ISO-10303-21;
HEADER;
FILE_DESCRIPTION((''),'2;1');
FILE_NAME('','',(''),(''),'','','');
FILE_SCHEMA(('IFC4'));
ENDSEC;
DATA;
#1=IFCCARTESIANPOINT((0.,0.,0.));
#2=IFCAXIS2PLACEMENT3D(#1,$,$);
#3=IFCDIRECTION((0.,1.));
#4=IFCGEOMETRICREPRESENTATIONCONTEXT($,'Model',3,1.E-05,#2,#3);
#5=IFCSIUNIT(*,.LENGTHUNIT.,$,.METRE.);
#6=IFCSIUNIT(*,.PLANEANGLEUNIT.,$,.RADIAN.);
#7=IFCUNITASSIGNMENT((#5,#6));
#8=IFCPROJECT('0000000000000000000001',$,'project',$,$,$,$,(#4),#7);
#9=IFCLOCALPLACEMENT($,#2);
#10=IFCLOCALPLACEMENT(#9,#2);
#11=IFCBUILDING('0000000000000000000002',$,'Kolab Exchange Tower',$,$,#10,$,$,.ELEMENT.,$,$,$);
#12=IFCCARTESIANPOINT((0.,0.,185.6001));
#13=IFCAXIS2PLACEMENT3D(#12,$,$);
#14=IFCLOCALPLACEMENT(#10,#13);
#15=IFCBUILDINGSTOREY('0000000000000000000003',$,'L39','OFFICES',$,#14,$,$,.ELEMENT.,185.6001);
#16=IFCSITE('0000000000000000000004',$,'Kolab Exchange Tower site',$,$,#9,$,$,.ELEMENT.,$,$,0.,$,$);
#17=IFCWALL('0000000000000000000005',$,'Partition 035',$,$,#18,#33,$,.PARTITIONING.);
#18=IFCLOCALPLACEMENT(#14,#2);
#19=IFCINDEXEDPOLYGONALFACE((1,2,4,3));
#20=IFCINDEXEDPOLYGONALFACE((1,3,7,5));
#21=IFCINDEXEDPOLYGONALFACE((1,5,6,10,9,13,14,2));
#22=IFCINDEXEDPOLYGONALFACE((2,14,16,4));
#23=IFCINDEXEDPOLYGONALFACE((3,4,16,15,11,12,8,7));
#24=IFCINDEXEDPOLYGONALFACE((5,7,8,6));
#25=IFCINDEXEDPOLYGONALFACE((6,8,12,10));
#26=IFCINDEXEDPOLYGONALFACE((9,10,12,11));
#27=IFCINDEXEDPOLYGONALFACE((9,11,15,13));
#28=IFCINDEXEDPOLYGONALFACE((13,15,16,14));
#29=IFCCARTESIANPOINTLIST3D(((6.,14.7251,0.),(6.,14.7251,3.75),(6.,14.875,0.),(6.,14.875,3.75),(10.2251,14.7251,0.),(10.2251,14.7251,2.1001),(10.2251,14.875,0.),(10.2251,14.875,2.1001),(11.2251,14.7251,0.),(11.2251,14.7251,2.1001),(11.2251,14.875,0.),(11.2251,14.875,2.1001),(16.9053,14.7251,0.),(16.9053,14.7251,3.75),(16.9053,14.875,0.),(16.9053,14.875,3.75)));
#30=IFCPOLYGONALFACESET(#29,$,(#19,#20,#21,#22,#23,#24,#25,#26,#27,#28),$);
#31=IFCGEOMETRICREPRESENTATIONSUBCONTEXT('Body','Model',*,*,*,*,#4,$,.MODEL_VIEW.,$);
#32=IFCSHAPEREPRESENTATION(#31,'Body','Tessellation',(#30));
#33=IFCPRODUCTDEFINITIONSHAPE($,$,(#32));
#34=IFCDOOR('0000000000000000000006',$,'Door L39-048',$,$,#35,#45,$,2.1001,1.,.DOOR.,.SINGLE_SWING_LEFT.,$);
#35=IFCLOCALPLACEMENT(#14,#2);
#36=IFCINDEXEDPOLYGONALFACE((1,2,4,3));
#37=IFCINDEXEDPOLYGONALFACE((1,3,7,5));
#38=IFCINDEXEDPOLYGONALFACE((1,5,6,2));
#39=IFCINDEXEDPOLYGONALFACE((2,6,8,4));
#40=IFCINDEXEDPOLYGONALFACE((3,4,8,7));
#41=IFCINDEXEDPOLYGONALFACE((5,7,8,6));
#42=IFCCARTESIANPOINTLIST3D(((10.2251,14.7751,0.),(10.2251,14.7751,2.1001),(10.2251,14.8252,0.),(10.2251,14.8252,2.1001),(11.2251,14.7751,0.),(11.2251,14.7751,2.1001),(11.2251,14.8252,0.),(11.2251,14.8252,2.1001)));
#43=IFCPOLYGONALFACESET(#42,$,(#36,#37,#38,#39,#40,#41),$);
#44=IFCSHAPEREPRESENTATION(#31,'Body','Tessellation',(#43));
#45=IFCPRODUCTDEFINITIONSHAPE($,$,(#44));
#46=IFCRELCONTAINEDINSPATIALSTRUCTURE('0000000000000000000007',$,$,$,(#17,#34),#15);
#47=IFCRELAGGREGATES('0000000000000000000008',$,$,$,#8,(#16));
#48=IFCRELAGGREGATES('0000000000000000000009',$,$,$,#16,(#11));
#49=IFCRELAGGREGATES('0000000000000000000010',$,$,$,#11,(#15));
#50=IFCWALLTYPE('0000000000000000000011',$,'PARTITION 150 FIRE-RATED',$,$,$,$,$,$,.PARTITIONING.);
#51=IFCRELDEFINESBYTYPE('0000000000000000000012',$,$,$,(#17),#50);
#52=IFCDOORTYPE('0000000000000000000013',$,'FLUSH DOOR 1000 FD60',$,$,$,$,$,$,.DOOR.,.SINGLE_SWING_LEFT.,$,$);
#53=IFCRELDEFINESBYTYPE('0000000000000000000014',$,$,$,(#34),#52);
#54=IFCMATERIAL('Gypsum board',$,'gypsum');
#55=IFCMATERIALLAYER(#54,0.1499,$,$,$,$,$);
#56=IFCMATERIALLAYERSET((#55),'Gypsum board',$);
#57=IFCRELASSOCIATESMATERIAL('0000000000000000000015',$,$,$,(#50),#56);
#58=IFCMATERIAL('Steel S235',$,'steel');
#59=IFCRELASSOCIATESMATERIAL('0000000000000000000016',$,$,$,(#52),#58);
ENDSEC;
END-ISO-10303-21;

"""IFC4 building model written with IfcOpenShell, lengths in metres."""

from ifc_helpers import new_model, si_unit, direction, frame, frame_2d, origin, place, context, subcontext, project, spatial, rectangle, extrude, material, layer, layer_set, type_object, element, fill, save


model = new_model("IFC4")

# Units and contexts
model_context = context("Model", 3, precision=1e-05, world=origin(), true_north=direction((0.0, 1.0)))
body_context = subcontext(model_context, "Body", "Model", "MODEL_VIEW")
ifc_project = project(units=[si_unit("LENGTHUNIT", "METRE"), si_unit("PLANEANGLEUNIT", "RADIAN")], contexts=[model_context])

# Site, building, storey
site_placement = place(None, origin())
site = spatial("IfcSite", under=ifc_project, at=site_placement, Name="Kolab Exchange Tower site", CompositionType="ELEMENT", RefElevation=0.0)
building_placement = place(site_placement, origin())
building = spatial("IfcBuilding", under=site, at=building_placement, Name="Kolab Exchange Tower", CompositionType="ELEMENT")
storey_placement = place(building_placement, frame((0.0, 0.0, 185.6001)))
storey = spatial("IfcBuildingStorey", under=building, at=storey_placement, Name="L39", Description="OFFICES", CompositionType="ELEMENT", Elevation=185.6001)

# Shared definitions
ifc_material_1 = material(Name="Gypsum board", Category="gypsum")

# Wall, opening, door
ifc_layer_1 = layer(ifc_material_1, 0.1499)
ifc_layer_set_1 = layer_set([ifc_layer_1], Name="Gypsum board")
wall_type_1 = type_object("IfcWallType", Name="PARTITION 150 FIRE-RATED", PredefinedType="PARTITIONING", material=ifc_layer_set_1)
ifc_material_2 = material(Name="Steel S235", Category="steel")
wall_1_placement = place(storey_placement, frame((6.0, 14.8, 0.0), z_axis=(0.0, 0.0, 1.0), x_axis=(1.0, 0.0, 0.0)))
wall_1 = element("IfcWall", 1, at=wall_1_placement, inside=storey, type_object=wall_type_1, Name="Partition 035", PredefinedType="PARTITIONING", context=body_context, shape_type="SweptSolid", body=[
    extrude(rectangle(XDim=10.9053, YDim=0.1499, at=frame_2d((5.4526, 0.0))), origin(), (0.0, 0.0, 1.0), 3.75),
])
opening_1_placement = place(wall_1_placement, frame((4.2251, 0.0, 0.0)))
opening_1 = element("IfcOpeningElement", 2, at=opening_1_placement, cuts=wall_1, PredefinedType="OPENING", context=body_context, shape_type="SweptSolid", body=[
    extrude(rectangle(XDim=1.0, YDim=2.1001, at=frame_2d((0.5, 1.05))), frame((0.0, 0.085, 0.0), z_axis=(0.0, -1.0, 0.0), x_axis=(1.0, 0.0, 0.0)), (0.0, 0.0, 1.0), 0.1699),
])
door_type_1 = type_object("IfcDoorType", Name="FLUSH DOOR 1000 FD60", OperationType="SINGLE_SWING_LEFT", PredefinedType="DOOR", material=ifc_material_2)
door_1_placement = place(opening_1_placement, frame((1.0, 0.0, 0.0), z_axis=(0.0, 0.0, 1.0), x_axis=(-1.0, 0.0, 0.0)))
door_1 = element("IfcDoor", 3, at=door_1_placement, inside=storey, type_object=door_type_1, Name="Door L39-048", OperationType="SINGLE_SWING_LEFT", OverallHeight=2.1001, OverallWidth=1.0, PredefinedType="DOOR", context=body_context, shape_type="SweptSolid", body=[
    extrude(rectangle(XDim=1.0, YDim=2.1001, at=frame_2d((0.5, 1.05))), frame((0.0, 0.0249, 0.0), z_axis=(0.0, -1.0, 0.0), x_axis=(1.0, 0.0, 0.0)), (0.0, 0.0, 1.0), 0.05),
])
fill(opening_1, door_1)

save(model, "model.ifc")
